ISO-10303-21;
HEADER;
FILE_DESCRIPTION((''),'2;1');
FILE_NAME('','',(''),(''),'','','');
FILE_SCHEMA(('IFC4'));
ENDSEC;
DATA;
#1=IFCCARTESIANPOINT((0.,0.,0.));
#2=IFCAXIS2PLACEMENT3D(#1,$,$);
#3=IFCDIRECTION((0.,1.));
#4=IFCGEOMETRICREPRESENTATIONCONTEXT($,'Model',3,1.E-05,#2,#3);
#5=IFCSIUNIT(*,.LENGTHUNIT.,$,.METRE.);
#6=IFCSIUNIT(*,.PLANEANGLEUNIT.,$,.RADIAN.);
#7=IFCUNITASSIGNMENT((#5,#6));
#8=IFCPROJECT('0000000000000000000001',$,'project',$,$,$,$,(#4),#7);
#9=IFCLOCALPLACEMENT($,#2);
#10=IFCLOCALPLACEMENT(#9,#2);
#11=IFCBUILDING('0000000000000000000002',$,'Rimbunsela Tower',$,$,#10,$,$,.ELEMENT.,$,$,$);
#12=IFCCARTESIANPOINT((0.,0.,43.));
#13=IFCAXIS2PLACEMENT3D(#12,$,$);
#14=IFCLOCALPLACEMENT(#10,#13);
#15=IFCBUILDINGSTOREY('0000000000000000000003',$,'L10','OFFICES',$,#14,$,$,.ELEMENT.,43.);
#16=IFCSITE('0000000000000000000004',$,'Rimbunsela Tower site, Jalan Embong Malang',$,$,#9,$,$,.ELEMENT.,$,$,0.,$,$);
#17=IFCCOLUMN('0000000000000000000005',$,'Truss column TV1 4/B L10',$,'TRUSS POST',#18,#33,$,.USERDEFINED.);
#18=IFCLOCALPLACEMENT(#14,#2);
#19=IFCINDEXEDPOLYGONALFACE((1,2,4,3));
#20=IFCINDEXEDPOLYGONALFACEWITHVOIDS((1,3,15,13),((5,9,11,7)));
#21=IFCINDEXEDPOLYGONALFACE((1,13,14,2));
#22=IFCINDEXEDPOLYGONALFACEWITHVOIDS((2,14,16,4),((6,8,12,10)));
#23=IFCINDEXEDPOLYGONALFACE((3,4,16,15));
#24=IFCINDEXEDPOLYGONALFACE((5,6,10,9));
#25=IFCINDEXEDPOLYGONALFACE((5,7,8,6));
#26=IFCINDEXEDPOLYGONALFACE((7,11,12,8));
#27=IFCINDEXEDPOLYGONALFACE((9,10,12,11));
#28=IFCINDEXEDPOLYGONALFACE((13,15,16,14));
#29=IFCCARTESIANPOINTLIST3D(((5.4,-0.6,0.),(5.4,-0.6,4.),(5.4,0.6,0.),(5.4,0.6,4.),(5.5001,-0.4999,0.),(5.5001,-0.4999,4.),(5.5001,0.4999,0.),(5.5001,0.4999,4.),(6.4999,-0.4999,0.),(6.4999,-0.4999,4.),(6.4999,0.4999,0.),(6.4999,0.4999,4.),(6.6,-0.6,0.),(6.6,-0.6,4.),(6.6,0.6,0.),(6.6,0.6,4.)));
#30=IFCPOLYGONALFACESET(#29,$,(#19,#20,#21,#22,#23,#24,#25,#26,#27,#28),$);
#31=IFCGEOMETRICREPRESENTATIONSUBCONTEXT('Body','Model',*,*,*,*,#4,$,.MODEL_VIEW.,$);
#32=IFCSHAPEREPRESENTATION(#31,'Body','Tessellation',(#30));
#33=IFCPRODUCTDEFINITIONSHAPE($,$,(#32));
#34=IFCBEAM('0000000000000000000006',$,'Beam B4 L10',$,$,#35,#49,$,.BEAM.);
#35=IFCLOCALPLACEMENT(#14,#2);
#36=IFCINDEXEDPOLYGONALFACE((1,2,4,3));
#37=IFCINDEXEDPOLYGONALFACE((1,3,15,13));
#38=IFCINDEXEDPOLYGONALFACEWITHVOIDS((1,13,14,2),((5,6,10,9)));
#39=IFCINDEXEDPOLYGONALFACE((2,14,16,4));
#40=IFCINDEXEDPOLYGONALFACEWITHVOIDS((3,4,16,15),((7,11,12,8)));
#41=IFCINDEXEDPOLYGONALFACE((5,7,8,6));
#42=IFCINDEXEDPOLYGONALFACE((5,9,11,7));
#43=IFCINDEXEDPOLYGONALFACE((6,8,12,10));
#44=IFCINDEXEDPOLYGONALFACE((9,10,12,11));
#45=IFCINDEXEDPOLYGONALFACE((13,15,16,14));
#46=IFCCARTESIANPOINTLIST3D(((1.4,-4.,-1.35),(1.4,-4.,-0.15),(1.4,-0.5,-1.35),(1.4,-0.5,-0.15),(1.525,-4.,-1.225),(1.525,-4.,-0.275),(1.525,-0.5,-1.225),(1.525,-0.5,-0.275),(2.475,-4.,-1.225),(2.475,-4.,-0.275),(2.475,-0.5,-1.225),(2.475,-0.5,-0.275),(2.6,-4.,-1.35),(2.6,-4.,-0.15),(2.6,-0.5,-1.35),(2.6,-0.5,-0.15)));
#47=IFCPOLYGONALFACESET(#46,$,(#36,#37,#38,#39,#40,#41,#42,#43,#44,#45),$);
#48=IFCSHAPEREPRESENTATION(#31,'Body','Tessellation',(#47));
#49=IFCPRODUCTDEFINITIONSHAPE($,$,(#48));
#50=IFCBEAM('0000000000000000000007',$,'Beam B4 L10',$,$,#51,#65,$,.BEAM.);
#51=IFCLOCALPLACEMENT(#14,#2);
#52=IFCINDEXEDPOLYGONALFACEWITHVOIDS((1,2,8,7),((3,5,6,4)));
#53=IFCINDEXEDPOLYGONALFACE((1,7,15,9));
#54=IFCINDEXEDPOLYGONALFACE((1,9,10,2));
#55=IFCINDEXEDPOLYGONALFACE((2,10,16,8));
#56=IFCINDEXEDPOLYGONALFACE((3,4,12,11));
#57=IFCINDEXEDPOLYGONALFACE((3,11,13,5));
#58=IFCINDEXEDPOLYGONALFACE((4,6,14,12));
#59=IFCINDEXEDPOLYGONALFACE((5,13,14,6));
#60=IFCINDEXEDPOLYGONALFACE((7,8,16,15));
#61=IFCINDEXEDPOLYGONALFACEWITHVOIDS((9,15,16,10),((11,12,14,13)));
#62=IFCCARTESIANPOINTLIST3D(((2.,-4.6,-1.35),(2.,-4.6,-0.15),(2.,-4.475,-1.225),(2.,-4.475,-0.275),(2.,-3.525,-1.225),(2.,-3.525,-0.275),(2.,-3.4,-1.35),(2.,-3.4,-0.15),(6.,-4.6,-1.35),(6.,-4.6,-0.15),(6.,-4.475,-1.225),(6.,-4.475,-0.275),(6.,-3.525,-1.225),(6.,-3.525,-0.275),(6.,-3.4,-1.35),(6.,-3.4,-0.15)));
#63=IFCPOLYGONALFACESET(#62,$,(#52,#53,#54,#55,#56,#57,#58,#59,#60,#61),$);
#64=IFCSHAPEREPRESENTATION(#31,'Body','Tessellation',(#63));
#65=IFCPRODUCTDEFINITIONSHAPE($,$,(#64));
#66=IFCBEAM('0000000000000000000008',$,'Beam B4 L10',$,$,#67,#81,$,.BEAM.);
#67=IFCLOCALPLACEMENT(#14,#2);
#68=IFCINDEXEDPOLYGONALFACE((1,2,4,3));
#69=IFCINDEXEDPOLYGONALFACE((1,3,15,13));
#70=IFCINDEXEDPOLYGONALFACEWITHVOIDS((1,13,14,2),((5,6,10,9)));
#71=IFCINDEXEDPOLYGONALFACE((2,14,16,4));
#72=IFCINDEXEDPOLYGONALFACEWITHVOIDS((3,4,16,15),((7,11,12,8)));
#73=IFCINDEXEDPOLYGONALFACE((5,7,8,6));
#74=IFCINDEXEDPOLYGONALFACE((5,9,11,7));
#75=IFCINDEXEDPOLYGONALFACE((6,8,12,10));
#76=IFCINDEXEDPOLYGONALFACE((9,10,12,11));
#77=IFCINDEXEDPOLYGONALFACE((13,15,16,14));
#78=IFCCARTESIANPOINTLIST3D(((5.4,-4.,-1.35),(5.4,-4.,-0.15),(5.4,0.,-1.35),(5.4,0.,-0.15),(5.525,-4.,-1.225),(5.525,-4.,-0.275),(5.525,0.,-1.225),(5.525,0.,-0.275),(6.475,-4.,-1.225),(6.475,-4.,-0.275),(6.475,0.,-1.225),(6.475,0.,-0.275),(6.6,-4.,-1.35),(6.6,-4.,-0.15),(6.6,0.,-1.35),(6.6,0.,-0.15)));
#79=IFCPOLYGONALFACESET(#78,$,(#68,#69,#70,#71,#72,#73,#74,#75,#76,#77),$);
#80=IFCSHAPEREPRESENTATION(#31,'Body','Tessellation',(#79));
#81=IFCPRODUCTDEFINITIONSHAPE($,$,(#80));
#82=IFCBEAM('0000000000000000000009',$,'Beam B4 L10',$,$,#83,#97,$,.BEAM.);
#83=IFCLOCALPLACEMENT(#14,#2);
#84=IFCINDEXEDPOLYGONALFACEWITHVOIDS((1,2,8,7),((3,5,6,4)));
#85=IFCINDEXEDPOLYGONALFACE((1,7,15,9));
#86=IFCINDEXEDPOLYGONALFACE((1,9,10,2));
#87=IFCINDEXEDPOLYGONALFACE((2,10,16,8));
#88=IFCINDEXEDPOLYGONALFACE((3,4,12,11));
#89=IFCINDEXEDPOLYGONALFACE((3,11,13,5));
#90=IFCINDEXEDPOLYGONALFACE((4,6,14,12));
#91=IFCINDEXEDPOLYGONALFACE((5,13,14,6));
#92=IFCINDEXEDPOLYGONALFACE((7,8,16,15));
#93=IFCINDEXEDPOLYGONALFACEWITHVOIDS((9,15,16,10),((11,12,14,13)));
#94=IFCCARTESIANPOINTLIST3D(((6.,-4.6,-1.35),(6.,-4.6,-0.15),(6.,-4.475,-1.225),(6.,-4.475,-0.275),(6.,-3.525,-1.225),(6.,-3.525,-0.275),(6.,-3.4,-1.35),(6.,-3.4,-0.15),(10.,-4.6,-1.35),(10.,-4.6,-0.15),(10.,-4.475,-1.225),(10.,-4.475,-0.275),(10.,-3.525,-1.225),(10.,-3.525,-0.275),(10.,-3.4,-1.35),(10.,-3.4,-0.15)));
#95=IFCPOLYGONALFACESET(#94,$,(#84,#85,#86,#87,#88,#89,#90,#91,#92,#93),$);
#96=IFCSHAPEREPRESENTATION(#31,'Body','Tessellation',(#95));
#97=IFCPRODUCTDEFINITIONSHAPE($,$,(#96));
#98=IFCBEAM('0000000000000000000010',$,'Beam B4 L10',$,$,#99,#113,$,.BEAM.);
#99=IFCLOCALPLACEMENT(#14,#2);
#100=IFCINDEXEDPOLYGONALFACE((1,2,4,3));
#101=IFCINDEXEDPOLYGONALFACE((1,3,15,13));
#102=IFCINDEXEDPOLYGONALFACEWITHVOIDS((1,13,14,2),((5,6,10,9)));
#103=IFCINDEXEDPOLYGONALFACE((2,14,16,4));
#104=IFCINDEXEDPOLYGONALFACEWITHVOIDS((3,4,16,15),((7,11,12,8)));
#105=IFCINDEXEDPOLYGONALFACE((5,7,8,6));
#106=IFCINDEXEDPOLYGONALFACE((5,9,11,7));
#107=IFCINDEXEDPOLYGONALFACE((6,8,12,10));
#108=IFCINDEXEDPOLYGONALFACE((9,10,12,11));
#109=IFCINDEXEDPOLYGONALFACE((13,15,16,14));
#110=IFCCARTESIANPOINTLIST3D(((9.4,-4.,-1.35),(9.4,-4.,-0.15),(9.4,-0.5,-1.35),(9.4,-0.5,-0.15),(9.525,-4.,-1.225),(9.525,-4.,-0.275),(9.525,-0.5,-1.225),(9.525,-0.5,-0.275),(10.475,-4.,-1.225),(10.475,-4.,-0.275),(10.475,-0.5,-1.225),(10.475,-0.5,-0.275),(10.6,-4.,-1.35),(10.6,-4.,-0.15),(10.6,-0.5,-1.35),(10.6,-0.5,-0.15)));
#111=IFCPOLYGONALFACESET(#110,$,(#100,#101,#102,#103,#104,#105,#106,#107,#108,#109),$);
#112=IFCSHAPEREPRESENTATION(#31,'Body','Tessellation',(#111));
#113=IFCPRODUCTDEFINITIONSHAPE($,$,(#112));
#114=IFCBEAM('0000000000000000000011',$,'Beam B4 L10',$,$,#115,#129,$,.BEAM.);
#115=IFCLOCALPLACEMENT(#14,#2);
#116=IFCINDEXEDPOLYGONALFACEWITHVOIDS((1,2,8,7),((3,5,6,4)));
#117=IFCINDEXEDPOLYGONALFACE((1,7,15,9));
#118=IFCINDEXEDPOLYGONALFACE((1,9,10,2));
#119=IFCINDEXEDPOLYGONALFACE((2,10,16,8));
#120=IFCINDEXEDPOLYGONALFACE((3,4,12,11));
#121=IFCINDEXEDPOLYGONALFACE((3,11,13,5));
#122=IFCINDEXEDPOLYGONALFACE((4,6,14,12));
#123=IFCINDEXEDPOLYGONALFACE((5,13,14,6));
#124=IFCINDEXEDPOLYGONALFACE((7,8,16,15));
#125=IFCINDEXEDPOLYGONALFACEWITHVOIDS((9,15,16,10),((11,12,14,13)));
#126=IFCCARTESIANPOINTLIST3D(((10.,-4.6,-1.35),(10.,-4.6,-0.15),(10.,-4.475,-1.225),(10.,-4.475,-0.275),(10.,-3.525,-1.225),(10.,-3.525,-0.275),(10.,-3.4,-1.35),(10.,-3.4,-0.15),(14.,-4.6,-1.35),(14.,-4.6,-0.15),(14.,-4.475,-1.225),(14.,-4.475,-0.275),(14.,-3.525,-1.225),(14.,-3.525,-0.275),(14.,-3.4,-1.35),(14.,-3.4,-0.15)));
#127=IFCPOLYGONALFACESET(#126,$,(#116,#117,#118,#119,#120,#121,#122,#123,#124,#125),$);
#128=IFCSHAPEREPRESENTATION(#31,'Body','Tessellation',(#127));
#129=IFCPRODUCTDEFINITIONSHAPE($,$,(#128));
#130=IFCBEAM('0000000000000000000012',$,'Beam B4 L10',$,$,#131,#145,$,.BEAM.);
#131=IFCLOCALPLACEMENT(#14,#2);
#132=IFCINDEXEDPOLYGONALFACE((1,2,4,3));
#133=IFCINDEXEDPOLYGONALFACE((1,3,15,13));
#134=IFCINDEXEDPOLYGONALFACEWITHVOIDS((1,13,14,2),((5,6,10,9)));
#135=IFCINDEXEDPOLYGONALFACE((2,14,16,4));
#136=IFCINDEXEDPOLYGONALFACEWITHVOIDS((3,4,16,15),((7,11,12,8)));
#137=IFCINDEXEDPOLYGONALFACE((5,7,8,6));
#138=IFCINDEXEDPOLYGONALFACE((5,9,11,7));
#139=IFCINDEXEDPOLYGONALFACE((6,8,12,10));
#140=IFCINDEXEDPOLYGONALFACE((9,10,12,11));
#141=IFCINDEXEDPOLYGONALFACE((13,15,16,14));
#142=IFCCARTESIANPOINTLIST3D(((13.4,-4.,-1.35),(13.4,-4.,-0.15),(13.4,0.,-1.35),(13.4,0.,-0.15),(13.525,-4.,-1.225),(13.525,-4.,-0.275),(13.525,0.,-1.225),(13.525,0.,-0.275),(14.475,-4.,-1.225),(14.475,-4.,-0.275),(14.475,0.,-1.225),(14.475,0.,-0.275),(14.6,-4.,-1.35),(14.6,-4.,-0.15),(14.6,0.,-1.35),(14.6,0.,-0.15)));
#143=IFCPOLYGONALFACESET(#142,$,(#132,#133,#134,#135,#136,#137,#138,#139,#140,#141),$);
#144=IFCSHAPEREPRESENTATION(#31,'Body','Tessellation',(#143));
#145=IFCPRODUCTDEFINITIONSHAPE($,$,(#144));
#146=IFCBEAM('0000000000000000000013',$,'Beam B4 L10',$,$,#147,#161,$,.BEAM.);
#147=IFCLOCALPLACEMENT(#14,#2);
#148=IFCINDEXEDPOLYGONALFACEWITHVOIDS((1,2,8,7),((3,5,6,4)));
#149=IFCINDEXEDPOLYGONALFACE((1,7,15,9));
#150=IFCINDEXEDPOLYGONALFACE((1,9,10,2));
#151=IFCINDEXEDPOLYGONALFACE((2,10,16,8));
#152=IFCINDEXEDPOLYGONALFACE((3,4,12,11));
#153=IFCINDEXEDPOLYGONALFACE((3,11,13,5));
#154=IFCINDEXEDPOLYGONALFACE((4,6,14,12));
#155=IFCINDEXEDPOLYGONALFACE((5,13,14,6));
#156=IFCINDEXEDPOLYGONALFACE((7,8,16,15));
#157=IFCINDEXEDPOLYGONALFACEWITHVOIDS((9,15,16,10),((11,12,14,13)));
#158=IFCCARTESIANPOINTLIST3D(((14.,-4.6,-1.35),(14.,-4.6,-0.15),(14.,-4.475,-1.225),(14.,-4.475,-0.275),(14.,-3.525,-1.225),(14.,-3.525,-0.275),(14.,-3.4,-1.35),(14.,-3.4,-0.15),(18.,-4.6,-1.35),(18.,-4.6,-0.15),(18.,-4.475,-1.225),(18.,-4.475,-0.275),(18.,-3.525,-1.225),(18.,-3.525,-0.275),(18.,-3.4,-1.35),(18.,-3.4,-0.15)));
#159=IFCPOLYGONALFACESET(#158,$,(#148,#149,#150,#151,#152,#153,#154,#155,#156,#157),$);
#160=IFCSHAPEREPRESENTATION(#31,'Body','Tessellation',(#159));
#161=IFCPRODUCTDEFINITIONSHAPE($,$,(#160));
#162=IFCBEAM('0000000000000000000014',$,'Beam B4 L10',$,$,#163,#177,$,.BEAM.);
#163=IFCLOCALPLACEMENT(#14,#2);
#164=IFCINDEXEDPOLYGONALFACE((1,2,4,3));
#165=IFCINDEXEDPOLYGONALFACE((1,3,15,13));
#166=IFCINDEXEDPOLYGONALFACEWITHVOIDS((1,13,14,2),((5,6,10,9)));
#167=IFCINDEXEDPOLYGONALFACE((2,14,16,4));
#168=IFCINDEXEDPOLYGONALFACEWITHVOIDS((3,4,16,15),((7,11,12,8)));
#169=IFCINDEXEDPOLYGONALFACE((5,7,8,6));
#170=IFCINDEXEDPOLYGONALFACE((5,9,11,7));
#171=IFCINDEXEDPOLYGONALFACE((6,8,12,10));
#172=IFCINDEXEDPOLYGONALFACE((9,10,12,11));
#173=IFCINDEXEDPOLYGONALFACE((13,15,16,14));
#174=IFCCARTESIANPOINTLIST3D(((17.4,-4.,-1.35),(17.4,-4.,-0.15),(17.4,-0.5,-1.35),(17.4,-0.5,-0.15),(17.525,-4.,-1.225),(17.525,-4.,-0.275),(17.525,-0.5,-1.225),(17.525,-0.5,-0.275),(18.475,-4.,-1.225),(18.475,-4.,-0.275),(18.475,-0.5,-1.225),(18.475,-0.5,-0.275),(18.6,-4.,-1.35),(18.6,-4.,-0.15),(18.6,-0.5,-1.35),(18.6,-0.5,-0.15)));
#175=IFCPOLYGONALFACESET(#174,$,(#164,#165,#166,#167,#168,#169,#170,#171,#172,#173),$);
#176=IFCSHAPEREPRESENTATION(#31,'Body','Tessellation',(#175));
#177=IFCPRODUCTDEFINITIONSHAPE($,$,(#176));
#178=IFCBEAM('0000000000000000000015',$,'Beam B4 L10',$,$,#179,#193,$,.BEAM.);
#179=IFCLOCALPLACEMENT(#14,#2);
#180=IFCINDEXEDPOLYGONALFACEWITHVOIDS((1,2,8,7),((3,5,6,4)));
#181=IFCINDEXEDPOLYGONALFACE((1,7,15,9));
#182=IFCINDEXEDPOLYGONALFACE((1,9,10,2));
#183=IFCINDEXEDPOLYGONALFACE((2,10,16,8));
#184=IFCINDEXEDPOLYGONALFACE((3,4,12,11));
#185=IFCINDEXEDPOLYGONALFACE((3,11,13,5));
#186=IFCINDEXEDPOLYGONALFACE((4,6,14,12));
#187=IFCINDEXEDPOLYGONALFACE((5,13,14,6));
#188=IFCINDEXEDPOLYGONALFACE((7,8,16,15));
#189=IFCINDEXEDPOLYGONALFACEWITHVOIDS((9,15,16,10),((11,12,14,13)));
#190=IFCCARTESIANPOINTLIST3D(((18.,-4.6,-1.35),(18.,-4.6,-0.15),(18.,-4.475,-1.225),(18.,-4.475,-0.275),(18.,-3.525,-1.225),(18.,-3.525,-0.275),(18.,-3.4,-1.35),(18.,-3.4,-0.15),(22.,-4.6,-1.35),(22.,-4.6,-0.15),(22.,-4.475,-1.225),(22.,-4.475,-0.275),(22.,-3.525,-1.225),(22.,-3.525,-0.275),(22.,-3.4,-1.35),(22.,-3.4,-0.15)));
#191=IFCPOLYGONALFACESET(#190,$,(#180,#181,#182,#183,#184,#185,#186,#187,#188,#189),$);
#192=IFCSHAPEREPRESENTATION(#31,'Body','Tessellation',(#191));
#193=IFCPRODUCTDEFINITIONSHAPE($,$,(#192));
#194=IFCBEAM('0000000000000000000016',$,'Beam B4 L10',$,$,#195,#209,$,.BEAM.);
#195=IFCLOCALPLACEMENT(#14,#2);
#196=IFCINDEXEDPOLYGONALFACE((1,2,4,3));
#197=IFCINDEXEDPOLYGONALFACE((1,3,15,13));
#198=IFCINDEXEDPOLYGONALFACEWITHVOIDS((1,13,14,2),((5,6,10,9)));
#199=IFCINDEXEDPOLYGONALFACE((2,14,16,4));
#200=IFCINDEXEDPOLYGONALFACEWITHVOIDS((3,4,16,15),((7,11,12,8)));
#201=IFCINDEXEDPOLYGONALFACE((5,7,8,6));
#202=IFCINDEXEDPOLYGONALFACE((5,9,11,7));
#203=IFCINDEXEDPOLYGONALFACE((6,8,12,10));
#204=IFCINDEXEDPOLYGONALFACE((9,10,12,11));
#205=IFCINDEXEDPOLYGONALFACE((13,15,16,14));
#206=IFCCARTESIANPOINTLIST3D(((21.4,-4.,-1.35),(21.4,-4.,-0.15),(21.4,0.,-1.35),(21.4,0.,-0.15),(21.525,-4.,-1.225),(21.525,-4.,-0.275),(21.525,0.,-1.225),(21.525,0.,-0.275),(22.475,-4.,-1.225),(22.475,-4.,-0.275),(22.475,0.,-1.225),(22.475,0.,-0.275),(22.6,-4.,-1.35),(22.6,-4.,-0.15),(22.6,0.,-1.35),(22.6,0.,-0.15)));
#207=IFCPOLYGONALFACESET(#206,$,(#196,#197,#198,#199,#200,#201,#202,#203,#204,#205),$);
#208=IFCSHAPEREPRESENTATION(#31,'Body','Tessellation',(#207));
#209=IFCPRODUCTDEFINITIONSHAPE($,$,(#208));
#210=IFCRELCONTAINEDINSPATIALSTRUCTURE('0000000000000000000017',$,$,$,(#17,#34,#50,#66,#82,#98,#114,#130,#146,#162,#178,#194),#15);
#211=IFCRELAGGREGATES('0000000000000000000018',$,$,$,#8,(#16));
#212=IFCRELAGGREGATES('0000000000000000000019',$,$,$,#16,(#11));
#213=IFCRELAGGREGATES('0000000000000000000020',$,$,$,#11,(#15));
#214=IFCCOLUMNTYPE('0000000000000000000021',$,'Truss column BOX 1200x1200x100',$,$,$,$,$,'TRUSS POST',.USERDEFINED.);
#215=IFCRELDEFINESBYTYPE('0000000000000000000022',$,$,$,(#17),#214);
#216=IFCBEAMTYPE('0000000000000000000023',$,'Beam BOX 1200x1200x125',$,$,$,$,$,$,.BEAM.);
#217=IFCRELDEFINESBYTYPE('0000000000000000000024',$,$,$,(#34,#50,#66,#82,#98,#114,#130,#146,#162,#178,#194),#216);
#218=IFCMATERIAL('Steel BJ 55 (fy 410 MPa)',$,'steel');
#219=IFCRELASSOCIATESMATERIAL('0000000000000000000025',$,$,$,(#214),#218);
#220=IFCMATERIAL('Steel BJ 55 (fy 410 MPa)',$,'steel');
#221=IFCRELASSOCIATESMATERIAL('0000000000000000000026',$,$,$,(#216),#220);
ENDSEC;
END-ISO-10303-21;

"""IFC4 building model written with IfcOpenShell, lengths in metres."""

from ifc_helpers import new_model, si_unit, direction, frame, origin, origin_2d, place, context, subcontext, project, spatial, hollow_rectangle, extrude, material, material_profile, profile_set, type_object, element, save


model = new_model("IFC4")

# Units and contexts
model_context = context("Model", 3, precision=1e-05, world=origin(), true_north=direction((0.0, 1.0)))
body_context = subcontext(model_context, "Body", "Model", "MODEL_VIEW")
ifc_project = project(units=[si_unit("LENGTHUNIT", "METRE"), si_unit("PLANEANGLEUNIT", "RADIAN")], contexts=[model_context])

# Site, building, storey
site_placement = place(None, origin())
site = spatial("IfcSite", under=ifc_project, at=site_placement, Name="Rimbunsela Tower site, Jalan Embong Malang", CompositionType="ELEMENT", RefElevation=0.0)
building_placement = place(site_placement, origin())
building = spatial("IfcBuilding", under=site, at=building_placement, Name="Rimbunsela Tower", CompositionType="ELEMENT")
storey_placement = place(building_placement, frame((0.0, 0.0, 43.0)))
storey = spatial("IfcBuildingStorey", under=building, at=storey_placement, Name="L10", Description="OFFICES", CompositionType="ELEMENT", Elevation=43.0)

# Column
ifc_material_1 = material(Name="Steel BJ 55 (fy 410 MPa)", Category="steel")
ifc_material_profile_1 = material_profile(ifc_material_1, hollow_rectangle(XDim=1.2, YDim=1.2, WallThickness=0.1001, at=origin_2d()), Name="BOX 1200x1200x100")
ifc_profile_set_1 = profile_set([ifc_material_profile_1], Name="Steel BJ 55 (fy 410 MPa)")
column_type = type_object("IfcColumnType", Name="Truss column BOX 1200x1200x100", ElementType="TRUSS POST", PredefinedType="USERDEFINED", material=ifc_profile_set_1)
column_placement = place(storey_placement, frame((6.0, 0.0, 0.0), z_axis=(0.0, 0.0, 1.0), x_axis=(1.0, 0.0, 0.0)))
element("IfcColumn", 1, at=column_placement, inside=storey, type_object=column_type, Name="Truss column TV1 4/B L10", ObjectType="TRUSS POST", PredefinedType="USERDEFINED", context=body_context, shape_type="SweptSolid", body=[
    extrude(hollow_rectangle(XDim=1.2, YDim=1.2, WallThickness=0.1001, at=origin_2d()), origin(), (0.0, 0.0, 1.0), 4.0),
])

# Beams
ifc_material_2 = material(Name="Steel BJ 55 (fy 410 MPa)", Category="steel")
ifc_material_profile_2 = material_profile(ifc_material_2, hollow_rectangle(XDim=1.2, YDim=1.2, WallThickness=0.125, at=origin_2d()), Name="BOX 1200x1200x125")
ifc_profile_set_2 = profile_set([ifc_material_profile_2], Name="Steel BJ 55 (fy 410 MPa)")
beam_type_1 = type_object("IfcBeamType", Name="Beam BOX 1200x1200x125", PredefinedType="BEAM", material=ifc_profile_set_2)
beam_1_placement = place(storey_placement, frame((2.0, -4.0, -0.75), z_axis=(0.0, 1.0, 0.0), x_axis=(-1.0, 0.0, 0.0)))
element("IfcBeam", 2, at=beam_1_placement, inside=storey, type_object=beam_type_1, Name="Beam B4 L10", PredefinedType="BEAM", context=body_context, shape_type="SweptSolid", body=[
    extrude(hollow_rectangle(XDim=1.2, YDim=1.2, WallThickness=0.125, at=origin_2d()), origin(), (0.0, 0.0, 1.0), 3.5),
])
for number, where, z_axis, x_axis, name in (
    (3, (2.0, -4.0, -0.75), (1.0, 0.0, 0.0), (0.0, 1.0, 0.0), "Beam B4 L10"),
    (4, (6.0, -4.0, -0.75), (0.0, 1.0, 0.0), (-1.0, 0.0, 0.0), "Beam B4 L10"),
    (5, (6.0, -4.0, -0.75), (1.0, 0.0, 0.0), (0.0, 1.0, 0.0), "Beam B4 L10"),
):
    element("IfcBeam", number, at=place(storey_placement, frame(where, z_axis=z_axis, x_axis=x_axis)), inside=storey, type_object=beam_type_1, Name=name, PredefinedType="BEAM", context=body_context, shape_type="SweptSolid", body=[
        extrude(hollow_rectangle(XDim=1.2, YDim=1.2, WallThickness=0.125, at=origin_2d()), origin(), (0.0, 0.0, 1.0), 4.0),
    ])
beam_2_placement = place(storey_placement, frame((10.0, -4.0, -0.75), z_axis=(0.0, 1.0, 0.0), x_axis=(-1.0, 0.0, 0.0)))
element("IfcBeam", 6, at=beam_2_placement, inside=storey, type_object=beam_type_1, Name="Beam B4 L10", PredefinedType="BEAM", context=body_context, shape_type="SweptSolid", body=[
    extrude(hollow_rectangle(XDim=1.2, YDim=1.2, WallThickness=0.125, at=origin_2d()), origin(), (0.0, 0.0, 1.0), 3.5),
])
for number, where, z_axis, x_axis, name in (
    (7, (10.0, -4.0, -0.75), (1.0, 0.0, 0.0), (0.0, 1.0, 0.0), "Beam B4 L10"),
    (8, (14.0, -4.0, -0.75), (0.0, 1.0, 0.0), (-1.0, 0.0, 0.0), "Beam B4 L10"),
    (9, (14.0, -4.0, -0.75), (1.0, 0.0, 0.0), (0.0, 1.0, 0.0), "Beam B4 L10"),
):
    element("IfcBeam", number, at=place(storey_placement, frame(where, z_axis=z_axis, x_axis=x_axis)), inside=storey, type_object=beam_type_1, Name=name, PredefinedType="BEAM", context=body_context, shape_type="SweptSolid", body=[
        extrude(hollow_rectangle(XDim=1.2, YDim=1.2, WallThickness=0.125, at=origin_2d()), origin(), (0.0, 0.0, 1.0), 4.0),
    ])
beam_3_placement = place(storey_placement, frame((18.0, -4.0, -0.75), z_axis=(0.0, 1.0, 0.0), x_axis=(-1.0, 0.0, 0.0)))
element("IfcBeam", 10, at=beam_3_placement, inside=storey, type_object=beam_type_1, Name="Beam B4 L10", PredefinedType="BEAM", context=body_context, shape_type="SweptSolid", body=[
    extrude(hollow_rectangle(XDim=1.2, YDim=1.2, WallThickness=0.125, at=origin_2d()), origin(), (0.0, 0.0, 1.0), 3.5),
])
for number, where, z_axis, x_axis, name in (
    (11, (18.0, -4.0, -0.75), (1.0, 0.0, 0.0), (0.0, 1.0, 0.0), "Beam B4 L10"),
    (12, (22.0, -4.0, -0.75), (0.0, 1.0, 0.0), (-1.0, 0.0, 0.0), "Beam B4 L10"),
):
    element("IfcBeam", number, at=place(storey_placement, frame(where, z_axis=z_axis, x_axis=x_axis)), inside=storey, type_object=beam_type_1, Name=name, PredefinedType="BEAM", context=body_context, shape_type="SweptSolid", body=[
        extrude(hollow_rectangle(XDim=1.2, YDim=1.2, WallThickness=0.125, at=origin_2d()), origin(), (0.0, 0.0, 1.0), 4.0),
    ])

save(model, "model.ifc")
